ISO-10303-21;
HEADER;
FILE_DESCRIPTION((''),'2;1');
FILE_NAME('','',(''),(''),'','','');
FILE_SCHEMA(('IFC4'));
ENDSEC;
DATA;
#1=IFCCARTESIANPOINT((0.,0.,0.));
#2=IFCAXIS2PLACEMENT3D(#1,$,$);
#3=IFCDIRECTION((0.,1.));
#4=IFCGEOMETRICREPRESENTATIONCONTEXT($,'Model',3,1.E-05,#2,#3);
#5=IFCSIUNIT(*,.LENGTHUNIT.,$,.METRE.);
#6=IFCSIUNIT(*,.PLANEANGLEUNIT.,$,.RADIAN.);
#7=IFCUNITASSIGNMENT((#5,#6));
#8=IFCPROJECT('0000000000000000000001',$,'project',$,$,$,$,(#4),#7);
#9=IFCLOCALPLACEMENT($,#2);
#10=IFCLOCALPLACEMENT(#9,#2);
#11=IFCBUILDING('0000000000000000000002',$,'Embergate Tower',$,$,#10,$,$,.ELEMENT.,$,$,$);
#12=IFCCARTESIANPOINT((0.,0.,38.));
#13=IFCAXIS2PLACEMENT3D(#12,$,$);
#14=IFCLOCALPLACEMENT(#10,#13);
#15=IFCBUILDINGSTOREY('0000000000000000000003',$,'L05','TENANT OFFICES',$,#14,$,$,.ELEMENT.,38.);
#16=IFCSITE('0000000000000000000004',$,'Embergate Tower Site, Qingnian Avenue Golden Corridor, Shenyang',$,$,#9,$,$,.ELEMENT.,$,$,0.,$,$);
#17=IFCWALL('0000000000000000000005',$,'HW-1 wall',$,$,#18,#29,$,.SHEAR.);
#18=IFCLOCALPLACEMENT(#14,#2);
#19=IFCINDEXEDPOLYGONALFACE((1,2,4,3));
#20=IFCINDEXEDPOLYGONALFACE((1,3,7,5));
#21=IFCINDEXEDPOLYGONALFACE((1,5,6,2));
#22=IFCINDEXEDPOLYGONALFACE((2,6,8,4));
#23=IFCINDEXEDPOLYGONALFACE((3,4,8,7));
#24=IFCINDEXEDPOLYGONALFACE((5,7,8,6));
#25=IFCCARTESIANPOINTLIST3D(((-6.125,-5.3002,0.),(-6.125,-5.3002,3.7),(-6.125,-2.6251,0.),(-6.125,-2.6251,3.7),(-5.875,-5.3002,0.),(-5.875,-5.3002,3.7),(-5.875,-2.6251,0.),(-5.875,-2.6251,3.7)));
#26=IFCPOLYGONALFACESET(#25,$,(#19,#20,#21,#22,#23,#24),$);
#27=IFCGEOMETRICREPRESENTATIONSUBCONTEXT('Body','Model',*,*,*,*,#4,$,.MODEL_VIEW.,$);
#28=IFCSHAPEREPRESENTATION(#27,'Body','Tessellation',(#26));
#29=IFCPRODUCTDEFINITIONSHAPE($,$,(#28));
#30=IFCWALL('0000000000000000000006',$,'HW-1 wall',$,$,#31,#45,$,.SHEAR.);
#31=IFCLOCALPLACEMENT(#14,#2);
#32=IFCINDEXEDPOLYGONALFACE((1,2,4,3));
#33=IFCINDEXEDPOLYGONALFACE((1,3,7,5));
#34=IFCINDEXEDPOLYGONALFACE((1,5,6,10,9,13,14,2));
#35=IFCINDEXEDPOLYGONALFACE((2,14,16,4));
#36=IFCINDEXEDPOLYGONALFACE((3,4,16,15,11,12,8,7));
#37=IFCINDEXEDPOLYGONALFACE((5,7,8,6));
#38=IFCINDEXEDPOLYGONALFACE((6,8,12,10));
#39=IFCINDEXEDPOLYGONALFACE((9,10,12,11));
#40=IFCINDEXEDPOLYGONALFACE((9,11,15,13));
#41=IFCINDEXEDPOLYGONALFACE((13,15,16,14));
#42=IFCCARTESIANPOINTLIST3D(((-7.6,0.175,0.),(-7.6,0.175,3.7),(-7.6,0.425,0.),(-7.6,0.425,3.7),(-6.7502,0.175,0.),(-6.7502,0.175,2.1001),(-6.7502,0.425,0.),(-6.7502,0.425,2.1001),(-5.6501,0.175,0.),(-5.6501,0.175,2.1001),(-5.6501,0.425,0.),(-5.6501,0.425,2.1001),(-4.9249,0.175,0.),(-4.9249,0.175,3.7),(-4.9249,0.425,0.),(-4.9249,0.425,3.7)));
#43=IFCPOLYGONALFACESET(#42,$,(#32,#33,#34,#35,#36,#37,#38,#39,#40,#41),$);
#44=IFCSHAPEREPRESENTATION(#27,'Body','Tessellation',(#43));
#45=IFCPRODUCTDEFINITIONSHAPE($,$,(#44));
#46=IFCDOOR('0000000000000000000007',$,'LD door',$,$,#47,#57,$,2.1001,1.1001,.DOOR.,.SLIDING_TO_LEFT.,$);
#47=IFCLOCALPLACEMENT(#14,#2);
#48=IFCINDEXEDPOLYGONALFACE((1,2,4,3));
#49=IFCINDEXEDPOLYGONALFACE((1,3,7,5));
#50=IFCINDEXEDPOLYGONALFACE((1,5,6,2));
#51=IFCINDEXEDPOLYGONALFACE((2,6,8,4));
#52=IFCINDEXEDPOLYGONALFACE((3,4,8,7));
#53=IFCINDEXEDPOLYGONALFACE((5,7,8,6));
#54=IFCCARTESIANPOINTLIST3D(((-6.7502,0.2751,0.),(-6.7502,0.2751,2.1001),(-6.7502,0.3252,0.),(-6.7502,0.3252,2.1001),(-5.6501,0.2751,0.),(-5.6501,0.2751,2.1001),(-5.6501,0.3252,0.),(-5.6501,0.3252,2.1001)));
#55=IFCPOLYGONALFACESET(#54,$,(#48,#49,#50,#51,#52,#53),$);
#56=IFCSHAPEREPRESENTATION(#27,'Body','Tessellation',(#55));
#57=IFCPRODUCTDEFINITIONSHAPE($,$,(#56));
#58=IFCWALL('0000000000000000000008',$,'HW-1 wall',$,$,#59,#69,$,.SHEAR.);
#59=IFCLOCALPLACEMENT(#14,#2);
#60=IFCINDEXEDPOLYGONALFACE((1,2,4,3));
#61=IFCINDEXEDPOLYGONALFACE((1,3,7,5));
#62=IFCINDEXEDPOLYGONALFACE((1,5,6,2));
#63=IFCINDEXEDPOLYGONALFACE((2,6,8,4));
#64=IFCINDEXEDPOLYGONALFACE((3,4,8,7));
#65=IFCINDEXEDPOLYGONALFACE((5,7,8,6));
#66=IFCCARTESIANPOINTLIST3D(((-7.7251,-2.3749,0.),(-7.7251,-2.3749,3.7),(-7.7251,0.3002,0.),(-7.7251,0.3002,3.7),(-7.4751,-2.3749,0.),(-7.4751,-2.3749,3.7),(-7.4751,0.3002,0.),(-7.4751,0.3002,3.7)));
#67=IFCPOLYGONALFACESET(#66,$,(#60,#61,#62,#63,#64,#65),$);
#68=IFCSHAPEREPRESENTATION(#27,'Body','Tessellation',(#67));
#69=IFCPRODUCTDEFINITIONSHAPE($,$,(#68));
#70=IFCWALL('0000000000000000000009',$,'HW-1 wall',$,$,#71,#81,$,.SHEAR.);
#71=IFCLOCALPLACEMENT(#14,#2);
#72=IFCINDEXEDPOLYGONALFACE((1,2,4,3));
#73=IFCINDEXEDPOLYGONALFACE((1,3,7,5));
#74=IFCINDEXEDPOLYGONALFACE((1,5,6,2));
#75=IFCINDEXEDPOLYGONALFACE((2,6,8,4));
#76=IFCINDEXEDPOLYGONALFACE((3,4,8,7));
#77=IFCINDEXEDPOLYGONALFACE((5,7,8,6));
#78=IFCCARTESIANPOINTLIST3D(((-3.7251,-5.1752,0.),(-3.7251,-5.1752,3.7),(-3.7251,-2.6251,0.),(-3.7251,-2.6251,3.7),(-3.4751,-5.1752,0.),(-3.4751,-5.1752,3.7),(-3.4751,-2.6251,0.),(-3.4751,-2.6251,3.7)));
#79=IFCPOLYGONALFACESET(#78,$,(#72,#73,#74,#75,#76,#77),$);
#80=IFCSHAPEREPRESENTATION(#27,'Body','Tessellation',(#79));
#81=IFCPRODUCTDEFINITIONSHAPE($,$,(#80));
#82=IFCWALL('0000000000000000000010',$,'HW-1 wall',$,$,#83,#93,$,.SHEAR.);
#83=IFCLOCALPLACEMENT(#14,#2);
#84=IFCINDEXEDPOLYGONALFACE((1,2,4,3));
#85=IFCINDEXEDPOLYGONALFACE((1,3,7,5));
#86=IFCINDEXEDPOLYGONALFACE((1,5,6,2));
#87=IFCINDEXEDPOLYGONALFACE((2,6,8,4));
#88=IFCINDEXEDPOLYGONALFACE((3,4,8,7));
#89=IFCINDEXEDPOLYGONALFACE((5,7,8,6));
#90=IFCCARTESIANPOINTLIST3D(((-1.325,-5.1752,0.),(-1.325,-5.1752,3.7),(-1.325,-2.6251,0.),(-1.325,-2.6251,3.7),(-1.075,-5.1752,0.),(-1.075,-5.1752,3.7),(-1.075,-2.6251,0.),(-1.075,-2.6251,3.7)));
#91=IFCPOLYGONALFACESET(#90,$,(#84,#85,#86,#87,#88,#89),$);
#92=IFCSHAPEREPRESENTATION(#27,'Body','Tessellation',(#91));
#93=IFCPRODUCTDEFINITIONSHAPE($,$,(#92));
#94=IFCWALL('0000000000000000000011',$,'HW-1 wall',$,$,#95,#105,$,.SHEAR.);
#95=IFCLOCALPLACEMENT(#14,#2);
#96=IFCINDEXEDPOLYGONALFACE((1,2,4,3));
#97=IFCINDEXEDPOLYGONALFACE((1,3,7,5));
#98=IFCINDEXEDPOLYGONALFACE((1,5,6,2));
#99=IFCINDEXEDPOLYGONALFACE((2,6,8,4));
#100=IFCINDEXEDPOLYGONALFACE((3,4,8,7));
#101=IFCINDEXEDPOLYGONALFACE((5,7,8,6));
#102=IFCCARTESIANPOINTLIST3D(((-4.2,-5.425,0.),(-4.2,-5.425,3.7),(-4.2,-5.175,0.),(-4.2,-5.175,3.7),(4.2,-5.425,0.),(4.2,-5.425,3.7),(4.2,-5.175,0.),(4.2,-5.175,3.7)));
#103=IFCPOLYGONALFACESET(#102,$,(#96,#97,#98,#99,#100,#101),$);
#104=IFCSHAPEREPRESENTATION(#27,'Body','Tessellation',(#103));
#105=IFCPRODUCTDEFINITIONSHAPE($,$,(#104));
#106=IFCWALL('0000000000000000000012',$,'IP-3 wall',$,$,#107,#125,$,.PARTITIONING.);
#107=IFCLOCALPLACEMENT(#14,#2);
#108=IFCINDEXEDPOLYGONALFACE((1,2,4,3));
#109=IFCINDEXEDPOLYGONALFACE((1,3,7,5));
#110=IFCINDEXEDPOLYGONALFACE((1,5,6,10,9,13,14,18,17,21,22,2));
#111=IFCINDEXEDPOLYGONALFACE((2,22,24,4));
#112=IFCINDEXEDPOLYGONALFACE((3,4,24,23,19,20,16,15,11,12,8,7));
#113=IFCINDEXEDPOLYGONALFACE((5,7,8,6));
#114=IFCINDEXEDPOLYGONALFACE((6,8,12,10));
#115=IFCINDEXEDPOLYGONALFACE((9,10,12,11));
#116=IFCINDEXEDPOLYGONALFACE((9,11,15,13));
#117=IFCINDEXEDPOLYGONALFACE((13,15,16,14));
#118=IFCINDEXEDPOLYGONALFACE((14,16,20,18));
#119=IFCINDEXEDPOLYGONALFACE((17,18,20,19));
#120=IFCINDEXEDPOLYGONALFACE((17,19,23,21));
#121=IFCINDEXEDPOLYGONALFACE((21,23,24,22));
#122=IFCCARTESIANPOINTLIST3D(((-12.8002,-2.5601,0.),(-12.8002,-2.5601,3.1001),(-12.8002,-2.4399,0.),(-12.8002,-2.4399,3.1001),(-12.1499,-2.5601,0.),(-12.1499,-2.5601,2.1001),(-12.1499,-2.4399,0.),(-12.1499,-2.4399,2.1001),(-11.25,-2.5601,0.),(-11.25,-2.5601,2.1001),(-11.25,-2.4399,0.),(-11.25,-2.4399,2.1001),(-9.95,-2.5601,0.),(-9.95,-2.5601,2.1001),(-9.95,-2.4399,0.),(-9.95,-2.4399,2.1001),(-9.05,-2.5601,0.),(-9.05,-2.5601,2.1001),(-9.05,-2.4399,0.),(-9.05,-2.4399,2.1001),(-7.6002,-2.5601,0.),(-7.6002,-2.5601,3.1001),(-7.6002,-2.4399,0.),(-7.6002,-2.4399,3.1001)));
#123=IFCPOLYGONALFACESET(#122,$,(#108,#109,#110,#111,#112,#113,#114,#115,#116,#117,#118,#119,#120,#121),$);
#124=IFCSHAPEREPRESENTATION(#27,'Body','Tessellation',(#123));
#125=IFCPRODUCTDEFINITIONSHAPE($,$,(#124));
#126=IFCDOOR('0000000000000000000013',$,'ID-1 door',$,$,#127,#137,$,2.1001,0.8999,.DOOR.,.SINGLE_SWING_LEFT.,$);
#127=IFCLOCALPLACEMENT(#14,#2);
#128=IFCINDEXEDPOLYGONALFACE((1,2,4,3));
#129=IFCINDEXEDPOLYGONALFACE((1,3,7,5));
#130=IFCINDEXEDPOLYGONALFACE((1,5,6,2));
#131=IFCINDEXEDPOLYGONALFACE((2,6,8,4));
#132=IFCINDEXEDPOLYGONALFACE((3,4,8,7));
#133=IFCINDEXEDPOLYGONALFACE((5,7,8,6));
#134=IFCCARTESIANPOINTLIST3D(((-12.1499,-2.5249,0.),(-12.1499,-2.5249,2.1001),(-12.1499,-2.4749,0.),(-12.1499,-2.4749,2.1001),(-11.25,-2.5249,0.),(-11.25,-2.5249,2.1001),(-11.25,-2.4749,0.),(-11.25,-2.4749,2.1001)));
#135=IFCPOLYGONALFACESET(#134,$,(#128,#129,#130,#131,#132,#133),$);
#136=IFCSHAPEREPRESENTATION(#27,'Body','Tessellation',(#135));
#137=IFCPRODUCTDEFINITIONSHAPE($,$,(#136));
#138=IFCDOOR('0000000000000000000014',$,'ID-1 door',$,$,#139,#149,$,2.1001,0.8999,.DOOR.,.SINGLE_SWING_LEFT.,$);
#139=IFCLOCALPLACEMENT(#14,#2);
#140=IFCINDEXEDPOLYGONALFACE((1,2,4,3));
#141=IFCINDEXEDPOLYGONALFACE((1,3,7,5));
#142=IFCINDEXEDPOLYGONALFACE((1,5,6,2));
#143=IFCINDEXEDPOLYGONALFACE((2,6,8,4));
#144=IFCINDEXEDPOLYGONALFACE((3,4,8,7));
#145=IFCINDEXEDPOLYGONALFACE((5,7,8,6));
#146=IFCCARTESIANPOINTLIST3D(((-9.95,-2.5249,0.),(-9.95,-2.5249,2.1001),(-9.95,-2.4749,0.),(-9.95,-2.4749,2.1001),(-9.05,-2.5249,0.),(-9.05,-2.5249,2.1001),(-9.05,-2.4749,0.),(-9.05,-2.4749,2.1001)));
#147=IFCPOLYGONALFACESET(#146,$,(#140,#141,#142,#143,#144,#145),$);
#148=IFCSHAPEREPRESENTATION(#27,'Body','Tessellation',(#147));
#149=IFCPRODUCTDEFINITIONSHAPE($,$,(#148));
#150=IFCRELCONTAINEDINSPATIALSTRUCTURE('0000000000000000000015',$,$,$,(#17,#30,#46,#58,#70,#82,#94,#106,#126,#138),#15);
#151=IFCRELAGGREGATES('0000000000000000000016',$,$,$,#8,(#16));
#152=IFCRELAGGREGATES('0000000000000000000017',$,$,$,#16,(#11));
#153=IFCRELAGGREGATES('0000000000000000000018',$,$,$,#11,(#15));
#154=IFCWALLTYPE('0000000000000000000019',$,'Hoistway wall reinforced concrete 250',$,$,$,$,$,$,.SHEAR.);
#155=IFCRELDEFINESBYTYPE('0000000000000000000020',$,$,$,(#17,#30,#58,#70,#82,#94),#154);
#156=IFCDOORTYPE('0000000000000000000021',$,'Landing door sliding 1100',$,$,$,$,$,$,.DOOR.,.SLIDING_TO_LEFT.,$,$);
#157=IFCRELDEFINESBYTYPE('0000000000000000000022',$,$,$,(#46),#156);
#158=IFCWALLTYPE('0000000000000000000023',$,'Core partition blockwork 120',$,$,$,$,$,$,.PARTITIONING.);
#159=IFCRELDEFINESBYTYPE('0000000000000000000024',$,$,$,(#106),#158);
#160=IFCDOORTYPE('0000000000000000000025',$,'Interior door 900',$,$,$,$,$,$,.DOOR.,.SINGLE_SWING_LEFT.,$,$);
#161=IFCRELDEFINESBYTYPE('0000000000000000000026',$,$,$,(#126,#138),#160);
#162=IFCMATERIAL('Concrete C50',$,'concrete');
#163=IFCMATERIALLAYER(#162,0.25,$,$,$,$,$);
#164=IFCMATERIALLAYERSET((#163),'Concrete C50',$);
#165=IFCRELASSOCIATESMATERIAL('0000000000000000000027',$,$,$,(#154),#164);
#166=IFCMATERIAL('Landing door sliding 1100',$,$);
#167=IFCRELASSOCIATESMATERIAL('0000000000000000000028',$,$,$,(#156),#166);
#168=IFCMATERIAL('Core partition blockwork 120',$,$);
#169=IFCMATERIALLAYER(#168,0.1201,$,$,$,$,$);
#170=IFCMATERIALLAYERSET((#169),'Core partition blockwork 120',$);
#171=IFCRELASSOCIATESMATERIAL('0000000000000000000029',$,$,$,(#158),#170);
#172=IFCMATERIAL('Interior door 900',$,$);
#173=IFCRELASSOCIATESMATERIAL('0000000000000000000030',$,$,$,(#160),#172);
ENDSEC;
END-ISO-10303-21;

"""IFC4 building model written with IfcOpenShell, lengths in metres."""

from ifc_helpers import new_model, si_unit, direction, frame, frame_2d, origin, place, context, subcontext, project, spatial, rectangle, extrude, source, transform, mapped, material, layer, layer_set, type_object, element, fill, save


model = new_model("IFC4")

# Units and contexts
model_context = context("Model", 3, precision=1e-05, world=origin(), true_north=direction((0.0, 1.0)))
body_context = subcontext(model_context, "Body", "Model", "MODEL_VIEW")
ifc_project = project(units=[si_unit("LENGTHUNIT", "METRE"), si_unit("PLANEANGLEUNIT", "RADIAN")], contexts=[model_context])

# Site, building, storey
site_placement = place(None, origin())
site = spatial("IfcSite", under=ifc_project, at=site_placement, Name="Embergate Tower Site, Qingnian Avenue Golden Corridor, Shenyang", CompositionType="ELEMENT", RefElevation=0.0)
building_placement = place(site_placement, origin())
building = spatial("IfcBuilding", under=site, at=building_placement, Name="Embergate Tower", CompositionType="ELEMENT")
storey_placement = place(building_placement, frame((0.0, 0.0, 38.0)))
storey = spatial("IfcBuildingStorey", under=building, at=storey_placement, Name="L05", Description="TENANT OFFICES", CompositionType="ELEMENT", Elevation=38.0)

# Wall
ifc_material_1 = material(Name="Concrete C50", Category="concrete")
ifc_layer_1 = layer(ifc_material_1, 0.25)
ifc_layer_set_1 = layer_set([ifc_layer_1], Name="Concrete C50")
wall_type_1 = type_object("IfcWallType", Name="Hoistway wall reinforced concrete 250", PredefinedType="SHEAR", material=ifc_layer_set_1)
shared_shape_1 = source(origin(), body_context, "Body", "SweptSolid", [
    extrude(rectangle(XDim=2.675, YDim=0.25, at=frame_2d((1.3374, 0.0))), origin(), (0.0, 0.0, 1.0), 3.7),
])
wall_1_placement = place(storey_placement, frame((-6.0, -5.3, 0.0), z_axis=(0.0, 0.0, 1.0), x_axis=(0.0, 1.0, 0.0)))
element("IfcWall", 1, at=wall_1_placement, inside=storey, type_object=wall_type_1, Name="HW-1 wall", PredefinedType="SHEAR", context=body_context, shape_type="MappedRepresentation", body=[
    mapped(shared_shape_1, transform((0.0, 0.0, 0.0))),
])

# Wall, opening, door
wall_2_placement = place(storey_placement, frame((-4.925, 0.3, 0.0), z_axis=(0.0, 0.0, 1.0), x_axis=(-1.0, 0.0, 0.0)))
wall_2 = element("IfcWall", 2, at=wall_2_placement, inside=storey, type_object=wall_type_1, Name="HW-1 wall", PredefinedType="SHEAR", context=body_context, shape_type="MappedRepresentation", body=[
    mapped(shared_shape_1, transform((0.0, 0.0, 0.0))),
])
shared_shape_2 = source(origin(), body_context, "Body", "SweptSolid", [
    extrude(rectangle(XDim=1.1001, YDim=2.1001, at=frame_2d((0.55, 1.05))), frame((0.0, 0.135, 0.0), z_axis=(0.0, -1.0, 0.0), x_axis=(1.0, 0.0, 0.0)), (0.0, 0.0, 1.0), 0.27),
])
opening_1_placement = place(wall_2_placement, frame((0.7251, 0.0, 0.0)))
opening_1 = element("IfcOpeningElement", 3, at=opening_1_placement, cuts=wall_2, PredefinedType="OPENING", context=body_context, shape_type="MappedRepresentation", body=[
    mapped(shared_shape_2, transform((0.0, 0.0, 0.0))),
])
ifc_material_2 = material(Name="Landing door sliding 1100")
door_type_1 = type_object("IfcDoorType", Name="Landing door sliding 1100", OperationType="SLIDING_TO_LEFT", PredefinedType="DOOR", material=ifc_material_2)
shared_shape_3 = source(origin(), body_context, "Body", "SweptSolid", [
    extrude(rectangle(XDim=1.1001, YDim=2.1001, at=frame_2d((0.55, 1.05))), frame((0.0, 0.0249, 0.0), z_axis=(0.0, -1.0, 0.0), x_axis=(1.0, 0.0, 0.0)), (0.0, 0.0, 1.0), 0.05),
])
door_1_placement = place(opening_1_placement, origin())
door_1 = element("IfcDoor", 4, at=door_1_placement, inside=storey, type_object=door_type_1, Name="LD door", OperationType="SLIDING_TO_LEFT", OverallHeight=2.1001, OverallWidth=1.1001, PredefinedType="DOOR", context=body_context, shape_type="MappedRepresentation", body=[
    mapped(shared_shape_3, transform((0.0, 0.0, 0.0))),
])
fill(opening_1, door_1)

# Walls
wall_3_placement = place(storey_placement, frame((-7.6001, 0.3, 0.0), z_axis=(0.0, 0.0, 1.0), x_axis=(0.0, -1.0, 0.0)))
element("IfcWall", 5, at=wall_3_placement, inside=storey, type_object=wall_type_1, Name="HW-1 wall", PredefinedType="SHEAR", context=body_context, shape_type="MappedRepresentation", body=[
    mapped(shared_shape_1, transform((0.0, 0.0, 0.0))),
])
shared_shape_4 = source(origin(), body_context, "Body", "SweptSolid", [
    extrude(rectangle(XDim=2.55, YDim=0.25, at=frame_2d((1.2749, 0.0))), origin(), (0.0, 0.0, 1.0), 3.7),
])
for number, where, z_axis, x_axis, name in (
    (6, (-3.6001, -5.175, 0.0), (0.0, 0.0, 1.0), (0.0, 1.0, 0.0), "HW-1 wall"),
    (7, (-1.2, -5.175, 0.0), (0.0, 0.0, 1.0), (0.0, 1.0, 0.0), "HW-1 wall"),
):
    element("IfcWall", number, at=place(storey_placement, frame(where, z_axis=z_axis, x_axis=x_axis)), inside=storey, type_object=wall_type_1, Name=name, PredefinedType="SHEAR", context=body_context, shape_type="MappedRepresentation", body=[
        mapped(shared_shape_4, transform((0.0, 0.0, 0.0))),
    ])
shared_shape_5 = source(origin(), body_context, "Body", "SweptSolid", [
    extrude(rectangle(XDim=8.3999, YDim=0.25, at=frame_2d((4.2, 0.0))), origin(), (0.0, 0.0, 1.0), 3.7),
])
wall_4_placement = place(storey_placement, frame((-4.2, -5.3, 0.0), z_axis=(0.0, 0.0, 1.0), x_axis=(1.0, 0.0, 0.0)))
element("IfcWall", 8, at=wall_4_placement, inside=storey, type_object=wall_type_1, Name="HW-1 wall", PredefinedType="SHEAR", context=body_context, shape_type="MappedRepresentation", body=[
    mapped(shared_shape_5, transform((0.0, 0.0, 0.0))),
])

# Wall, openings, doors
ifc_material_3 = material(Name="Core partition blockwork 120")
ifc_layer_2 = layer(ifc_material_3, 0.1201)
ifc_layer_set_2 = layer_set([ifc_layer_2], Name="Core partition blockwork 120")
wall_type_2 = type_object("IfcWallType", Name="Core partition blockwork 120", PredefinedType="PARTITIONING", material=ifc_layer_set_2)
shared_shape_6 = source(origin(), body_context, "Body", "SweptSolid", [
    extrude(rectangle(XDim=5.2, YDim=0.1201, at=frame_2d((2.6001, 0.0))), origin(), (0.0, 0.0, 1.0), 3.1001),
])
wall_5_placement = place(storey_placement, frame((-7.6001, -2.5, 0.0), z_axis=(0.0, 0.0, 1.0), x_axis=(-1.0, 0.0, 0.0)))
wall_5 = element("IfcWall", 9, at=wall_5_placement, inside=storey, type_object=wall_type_2, Name="IP-3 wall", PredefinedType="PARTITIONING", context=body_context, shape_type="MappedRepresentation", body=[
    mapped(shared_shape_6, transform((0.0, 0.0, 0.0))),
])
shared_shape_7 = source(origin(), body_context, "Body", "SweptSolid", [
    extrude(rectangle(XDim=0.8999, YDim=2.1001, at=frame_2d((0.45, 1.05))), frame((0.0, 0.0701, 0.0), z_axis=(0.0, -1.0, 0.0), x_axis=(1.0, 0.0, 0.0)), (0.0, 0.0, 1.0), 0.1401),
])
opening_2_placement = place(wall_5_placement, frame((3.6499, 0.0, 0.0)))
opening_2 = element("IfcOpeningElement", 10, at=opening_2_placement, cuts=wall_5, PredefinedType="OPENING", context=body_context, shape_type="MappedRepresentation", body=[
    mapped(shared_shape_7, transform((0.0, 0.0, 0.0))),
])
opening_3_placement = place(wall_5_placement, frame((1.45, 0.0, 0.0)))
opening_3 = element("IfcOpeningElement", 11, at=opening_3_placement, cuts=wall_5, PredefinedType="OPENING", context=body_context, shape_type="MappedRepresentation", body=[
    mapped(shared_shape_7, transform((0.0, 0.0, 0.0))),
])
ifc_material_4 = material(Name="Interior door 900")
door_type_2 = type_object("IfcDoorType", Name="Interior door 900", OperationType="SINGLE_SWING_LEFT", PredefinedType="DOOR", material=ifc_material_4)
shared_shape_8 = source(origin(), body_context, "Body", "SweptSolid", [
    extrude(rectangle(XDim=0.8999, YDim=2.1001, at=frame_2d((0.45, 1.05))), frame((0.0, 0.0249, 0.0), z_axis=(0.0, -1.0, 0.0), x_axis=(1.0, 0.0, 0.0)), (0.0, 0.0, 1.0), 0.05),
])
door_2_placement = place(opening_2_placement, origin())
door_2 = element("IfcDoor", 12, at=door_2_placement, inside=storey, type_object=door_type_2, Name="ID-1 door", OperationType="SINGLE_SWING_LEFT", OverallHeight=2.1001, OverallWidth=0.8999, PredefinedType="DOOR", context=body_context, shape_type="MappedRepresentation", body=[
    mapped(shared_shape_8, transform((0.0, 0.0, 0.0))),
])
fill(opening_2, door_2)
door_3_placement = place(opening_3_placement, origin())
door_3 = element("IfcDoor", 13, at=door_3_placement, inside=storey, type_object=door_type_2, Name="ID-1 door", OperationType="SINGLE_SWING_LEFT", OverallHeight=2.1001, OverallWidth=0.8999, PredefinedType="DOOR", context=body_context, shape_type="MappedRepresentation", body=[
    mapped(shared_shape_8, transform((0.0, 0.0, 0.0))),
])
fill(opening_3, door_3)

save(model, "model.ifc")
